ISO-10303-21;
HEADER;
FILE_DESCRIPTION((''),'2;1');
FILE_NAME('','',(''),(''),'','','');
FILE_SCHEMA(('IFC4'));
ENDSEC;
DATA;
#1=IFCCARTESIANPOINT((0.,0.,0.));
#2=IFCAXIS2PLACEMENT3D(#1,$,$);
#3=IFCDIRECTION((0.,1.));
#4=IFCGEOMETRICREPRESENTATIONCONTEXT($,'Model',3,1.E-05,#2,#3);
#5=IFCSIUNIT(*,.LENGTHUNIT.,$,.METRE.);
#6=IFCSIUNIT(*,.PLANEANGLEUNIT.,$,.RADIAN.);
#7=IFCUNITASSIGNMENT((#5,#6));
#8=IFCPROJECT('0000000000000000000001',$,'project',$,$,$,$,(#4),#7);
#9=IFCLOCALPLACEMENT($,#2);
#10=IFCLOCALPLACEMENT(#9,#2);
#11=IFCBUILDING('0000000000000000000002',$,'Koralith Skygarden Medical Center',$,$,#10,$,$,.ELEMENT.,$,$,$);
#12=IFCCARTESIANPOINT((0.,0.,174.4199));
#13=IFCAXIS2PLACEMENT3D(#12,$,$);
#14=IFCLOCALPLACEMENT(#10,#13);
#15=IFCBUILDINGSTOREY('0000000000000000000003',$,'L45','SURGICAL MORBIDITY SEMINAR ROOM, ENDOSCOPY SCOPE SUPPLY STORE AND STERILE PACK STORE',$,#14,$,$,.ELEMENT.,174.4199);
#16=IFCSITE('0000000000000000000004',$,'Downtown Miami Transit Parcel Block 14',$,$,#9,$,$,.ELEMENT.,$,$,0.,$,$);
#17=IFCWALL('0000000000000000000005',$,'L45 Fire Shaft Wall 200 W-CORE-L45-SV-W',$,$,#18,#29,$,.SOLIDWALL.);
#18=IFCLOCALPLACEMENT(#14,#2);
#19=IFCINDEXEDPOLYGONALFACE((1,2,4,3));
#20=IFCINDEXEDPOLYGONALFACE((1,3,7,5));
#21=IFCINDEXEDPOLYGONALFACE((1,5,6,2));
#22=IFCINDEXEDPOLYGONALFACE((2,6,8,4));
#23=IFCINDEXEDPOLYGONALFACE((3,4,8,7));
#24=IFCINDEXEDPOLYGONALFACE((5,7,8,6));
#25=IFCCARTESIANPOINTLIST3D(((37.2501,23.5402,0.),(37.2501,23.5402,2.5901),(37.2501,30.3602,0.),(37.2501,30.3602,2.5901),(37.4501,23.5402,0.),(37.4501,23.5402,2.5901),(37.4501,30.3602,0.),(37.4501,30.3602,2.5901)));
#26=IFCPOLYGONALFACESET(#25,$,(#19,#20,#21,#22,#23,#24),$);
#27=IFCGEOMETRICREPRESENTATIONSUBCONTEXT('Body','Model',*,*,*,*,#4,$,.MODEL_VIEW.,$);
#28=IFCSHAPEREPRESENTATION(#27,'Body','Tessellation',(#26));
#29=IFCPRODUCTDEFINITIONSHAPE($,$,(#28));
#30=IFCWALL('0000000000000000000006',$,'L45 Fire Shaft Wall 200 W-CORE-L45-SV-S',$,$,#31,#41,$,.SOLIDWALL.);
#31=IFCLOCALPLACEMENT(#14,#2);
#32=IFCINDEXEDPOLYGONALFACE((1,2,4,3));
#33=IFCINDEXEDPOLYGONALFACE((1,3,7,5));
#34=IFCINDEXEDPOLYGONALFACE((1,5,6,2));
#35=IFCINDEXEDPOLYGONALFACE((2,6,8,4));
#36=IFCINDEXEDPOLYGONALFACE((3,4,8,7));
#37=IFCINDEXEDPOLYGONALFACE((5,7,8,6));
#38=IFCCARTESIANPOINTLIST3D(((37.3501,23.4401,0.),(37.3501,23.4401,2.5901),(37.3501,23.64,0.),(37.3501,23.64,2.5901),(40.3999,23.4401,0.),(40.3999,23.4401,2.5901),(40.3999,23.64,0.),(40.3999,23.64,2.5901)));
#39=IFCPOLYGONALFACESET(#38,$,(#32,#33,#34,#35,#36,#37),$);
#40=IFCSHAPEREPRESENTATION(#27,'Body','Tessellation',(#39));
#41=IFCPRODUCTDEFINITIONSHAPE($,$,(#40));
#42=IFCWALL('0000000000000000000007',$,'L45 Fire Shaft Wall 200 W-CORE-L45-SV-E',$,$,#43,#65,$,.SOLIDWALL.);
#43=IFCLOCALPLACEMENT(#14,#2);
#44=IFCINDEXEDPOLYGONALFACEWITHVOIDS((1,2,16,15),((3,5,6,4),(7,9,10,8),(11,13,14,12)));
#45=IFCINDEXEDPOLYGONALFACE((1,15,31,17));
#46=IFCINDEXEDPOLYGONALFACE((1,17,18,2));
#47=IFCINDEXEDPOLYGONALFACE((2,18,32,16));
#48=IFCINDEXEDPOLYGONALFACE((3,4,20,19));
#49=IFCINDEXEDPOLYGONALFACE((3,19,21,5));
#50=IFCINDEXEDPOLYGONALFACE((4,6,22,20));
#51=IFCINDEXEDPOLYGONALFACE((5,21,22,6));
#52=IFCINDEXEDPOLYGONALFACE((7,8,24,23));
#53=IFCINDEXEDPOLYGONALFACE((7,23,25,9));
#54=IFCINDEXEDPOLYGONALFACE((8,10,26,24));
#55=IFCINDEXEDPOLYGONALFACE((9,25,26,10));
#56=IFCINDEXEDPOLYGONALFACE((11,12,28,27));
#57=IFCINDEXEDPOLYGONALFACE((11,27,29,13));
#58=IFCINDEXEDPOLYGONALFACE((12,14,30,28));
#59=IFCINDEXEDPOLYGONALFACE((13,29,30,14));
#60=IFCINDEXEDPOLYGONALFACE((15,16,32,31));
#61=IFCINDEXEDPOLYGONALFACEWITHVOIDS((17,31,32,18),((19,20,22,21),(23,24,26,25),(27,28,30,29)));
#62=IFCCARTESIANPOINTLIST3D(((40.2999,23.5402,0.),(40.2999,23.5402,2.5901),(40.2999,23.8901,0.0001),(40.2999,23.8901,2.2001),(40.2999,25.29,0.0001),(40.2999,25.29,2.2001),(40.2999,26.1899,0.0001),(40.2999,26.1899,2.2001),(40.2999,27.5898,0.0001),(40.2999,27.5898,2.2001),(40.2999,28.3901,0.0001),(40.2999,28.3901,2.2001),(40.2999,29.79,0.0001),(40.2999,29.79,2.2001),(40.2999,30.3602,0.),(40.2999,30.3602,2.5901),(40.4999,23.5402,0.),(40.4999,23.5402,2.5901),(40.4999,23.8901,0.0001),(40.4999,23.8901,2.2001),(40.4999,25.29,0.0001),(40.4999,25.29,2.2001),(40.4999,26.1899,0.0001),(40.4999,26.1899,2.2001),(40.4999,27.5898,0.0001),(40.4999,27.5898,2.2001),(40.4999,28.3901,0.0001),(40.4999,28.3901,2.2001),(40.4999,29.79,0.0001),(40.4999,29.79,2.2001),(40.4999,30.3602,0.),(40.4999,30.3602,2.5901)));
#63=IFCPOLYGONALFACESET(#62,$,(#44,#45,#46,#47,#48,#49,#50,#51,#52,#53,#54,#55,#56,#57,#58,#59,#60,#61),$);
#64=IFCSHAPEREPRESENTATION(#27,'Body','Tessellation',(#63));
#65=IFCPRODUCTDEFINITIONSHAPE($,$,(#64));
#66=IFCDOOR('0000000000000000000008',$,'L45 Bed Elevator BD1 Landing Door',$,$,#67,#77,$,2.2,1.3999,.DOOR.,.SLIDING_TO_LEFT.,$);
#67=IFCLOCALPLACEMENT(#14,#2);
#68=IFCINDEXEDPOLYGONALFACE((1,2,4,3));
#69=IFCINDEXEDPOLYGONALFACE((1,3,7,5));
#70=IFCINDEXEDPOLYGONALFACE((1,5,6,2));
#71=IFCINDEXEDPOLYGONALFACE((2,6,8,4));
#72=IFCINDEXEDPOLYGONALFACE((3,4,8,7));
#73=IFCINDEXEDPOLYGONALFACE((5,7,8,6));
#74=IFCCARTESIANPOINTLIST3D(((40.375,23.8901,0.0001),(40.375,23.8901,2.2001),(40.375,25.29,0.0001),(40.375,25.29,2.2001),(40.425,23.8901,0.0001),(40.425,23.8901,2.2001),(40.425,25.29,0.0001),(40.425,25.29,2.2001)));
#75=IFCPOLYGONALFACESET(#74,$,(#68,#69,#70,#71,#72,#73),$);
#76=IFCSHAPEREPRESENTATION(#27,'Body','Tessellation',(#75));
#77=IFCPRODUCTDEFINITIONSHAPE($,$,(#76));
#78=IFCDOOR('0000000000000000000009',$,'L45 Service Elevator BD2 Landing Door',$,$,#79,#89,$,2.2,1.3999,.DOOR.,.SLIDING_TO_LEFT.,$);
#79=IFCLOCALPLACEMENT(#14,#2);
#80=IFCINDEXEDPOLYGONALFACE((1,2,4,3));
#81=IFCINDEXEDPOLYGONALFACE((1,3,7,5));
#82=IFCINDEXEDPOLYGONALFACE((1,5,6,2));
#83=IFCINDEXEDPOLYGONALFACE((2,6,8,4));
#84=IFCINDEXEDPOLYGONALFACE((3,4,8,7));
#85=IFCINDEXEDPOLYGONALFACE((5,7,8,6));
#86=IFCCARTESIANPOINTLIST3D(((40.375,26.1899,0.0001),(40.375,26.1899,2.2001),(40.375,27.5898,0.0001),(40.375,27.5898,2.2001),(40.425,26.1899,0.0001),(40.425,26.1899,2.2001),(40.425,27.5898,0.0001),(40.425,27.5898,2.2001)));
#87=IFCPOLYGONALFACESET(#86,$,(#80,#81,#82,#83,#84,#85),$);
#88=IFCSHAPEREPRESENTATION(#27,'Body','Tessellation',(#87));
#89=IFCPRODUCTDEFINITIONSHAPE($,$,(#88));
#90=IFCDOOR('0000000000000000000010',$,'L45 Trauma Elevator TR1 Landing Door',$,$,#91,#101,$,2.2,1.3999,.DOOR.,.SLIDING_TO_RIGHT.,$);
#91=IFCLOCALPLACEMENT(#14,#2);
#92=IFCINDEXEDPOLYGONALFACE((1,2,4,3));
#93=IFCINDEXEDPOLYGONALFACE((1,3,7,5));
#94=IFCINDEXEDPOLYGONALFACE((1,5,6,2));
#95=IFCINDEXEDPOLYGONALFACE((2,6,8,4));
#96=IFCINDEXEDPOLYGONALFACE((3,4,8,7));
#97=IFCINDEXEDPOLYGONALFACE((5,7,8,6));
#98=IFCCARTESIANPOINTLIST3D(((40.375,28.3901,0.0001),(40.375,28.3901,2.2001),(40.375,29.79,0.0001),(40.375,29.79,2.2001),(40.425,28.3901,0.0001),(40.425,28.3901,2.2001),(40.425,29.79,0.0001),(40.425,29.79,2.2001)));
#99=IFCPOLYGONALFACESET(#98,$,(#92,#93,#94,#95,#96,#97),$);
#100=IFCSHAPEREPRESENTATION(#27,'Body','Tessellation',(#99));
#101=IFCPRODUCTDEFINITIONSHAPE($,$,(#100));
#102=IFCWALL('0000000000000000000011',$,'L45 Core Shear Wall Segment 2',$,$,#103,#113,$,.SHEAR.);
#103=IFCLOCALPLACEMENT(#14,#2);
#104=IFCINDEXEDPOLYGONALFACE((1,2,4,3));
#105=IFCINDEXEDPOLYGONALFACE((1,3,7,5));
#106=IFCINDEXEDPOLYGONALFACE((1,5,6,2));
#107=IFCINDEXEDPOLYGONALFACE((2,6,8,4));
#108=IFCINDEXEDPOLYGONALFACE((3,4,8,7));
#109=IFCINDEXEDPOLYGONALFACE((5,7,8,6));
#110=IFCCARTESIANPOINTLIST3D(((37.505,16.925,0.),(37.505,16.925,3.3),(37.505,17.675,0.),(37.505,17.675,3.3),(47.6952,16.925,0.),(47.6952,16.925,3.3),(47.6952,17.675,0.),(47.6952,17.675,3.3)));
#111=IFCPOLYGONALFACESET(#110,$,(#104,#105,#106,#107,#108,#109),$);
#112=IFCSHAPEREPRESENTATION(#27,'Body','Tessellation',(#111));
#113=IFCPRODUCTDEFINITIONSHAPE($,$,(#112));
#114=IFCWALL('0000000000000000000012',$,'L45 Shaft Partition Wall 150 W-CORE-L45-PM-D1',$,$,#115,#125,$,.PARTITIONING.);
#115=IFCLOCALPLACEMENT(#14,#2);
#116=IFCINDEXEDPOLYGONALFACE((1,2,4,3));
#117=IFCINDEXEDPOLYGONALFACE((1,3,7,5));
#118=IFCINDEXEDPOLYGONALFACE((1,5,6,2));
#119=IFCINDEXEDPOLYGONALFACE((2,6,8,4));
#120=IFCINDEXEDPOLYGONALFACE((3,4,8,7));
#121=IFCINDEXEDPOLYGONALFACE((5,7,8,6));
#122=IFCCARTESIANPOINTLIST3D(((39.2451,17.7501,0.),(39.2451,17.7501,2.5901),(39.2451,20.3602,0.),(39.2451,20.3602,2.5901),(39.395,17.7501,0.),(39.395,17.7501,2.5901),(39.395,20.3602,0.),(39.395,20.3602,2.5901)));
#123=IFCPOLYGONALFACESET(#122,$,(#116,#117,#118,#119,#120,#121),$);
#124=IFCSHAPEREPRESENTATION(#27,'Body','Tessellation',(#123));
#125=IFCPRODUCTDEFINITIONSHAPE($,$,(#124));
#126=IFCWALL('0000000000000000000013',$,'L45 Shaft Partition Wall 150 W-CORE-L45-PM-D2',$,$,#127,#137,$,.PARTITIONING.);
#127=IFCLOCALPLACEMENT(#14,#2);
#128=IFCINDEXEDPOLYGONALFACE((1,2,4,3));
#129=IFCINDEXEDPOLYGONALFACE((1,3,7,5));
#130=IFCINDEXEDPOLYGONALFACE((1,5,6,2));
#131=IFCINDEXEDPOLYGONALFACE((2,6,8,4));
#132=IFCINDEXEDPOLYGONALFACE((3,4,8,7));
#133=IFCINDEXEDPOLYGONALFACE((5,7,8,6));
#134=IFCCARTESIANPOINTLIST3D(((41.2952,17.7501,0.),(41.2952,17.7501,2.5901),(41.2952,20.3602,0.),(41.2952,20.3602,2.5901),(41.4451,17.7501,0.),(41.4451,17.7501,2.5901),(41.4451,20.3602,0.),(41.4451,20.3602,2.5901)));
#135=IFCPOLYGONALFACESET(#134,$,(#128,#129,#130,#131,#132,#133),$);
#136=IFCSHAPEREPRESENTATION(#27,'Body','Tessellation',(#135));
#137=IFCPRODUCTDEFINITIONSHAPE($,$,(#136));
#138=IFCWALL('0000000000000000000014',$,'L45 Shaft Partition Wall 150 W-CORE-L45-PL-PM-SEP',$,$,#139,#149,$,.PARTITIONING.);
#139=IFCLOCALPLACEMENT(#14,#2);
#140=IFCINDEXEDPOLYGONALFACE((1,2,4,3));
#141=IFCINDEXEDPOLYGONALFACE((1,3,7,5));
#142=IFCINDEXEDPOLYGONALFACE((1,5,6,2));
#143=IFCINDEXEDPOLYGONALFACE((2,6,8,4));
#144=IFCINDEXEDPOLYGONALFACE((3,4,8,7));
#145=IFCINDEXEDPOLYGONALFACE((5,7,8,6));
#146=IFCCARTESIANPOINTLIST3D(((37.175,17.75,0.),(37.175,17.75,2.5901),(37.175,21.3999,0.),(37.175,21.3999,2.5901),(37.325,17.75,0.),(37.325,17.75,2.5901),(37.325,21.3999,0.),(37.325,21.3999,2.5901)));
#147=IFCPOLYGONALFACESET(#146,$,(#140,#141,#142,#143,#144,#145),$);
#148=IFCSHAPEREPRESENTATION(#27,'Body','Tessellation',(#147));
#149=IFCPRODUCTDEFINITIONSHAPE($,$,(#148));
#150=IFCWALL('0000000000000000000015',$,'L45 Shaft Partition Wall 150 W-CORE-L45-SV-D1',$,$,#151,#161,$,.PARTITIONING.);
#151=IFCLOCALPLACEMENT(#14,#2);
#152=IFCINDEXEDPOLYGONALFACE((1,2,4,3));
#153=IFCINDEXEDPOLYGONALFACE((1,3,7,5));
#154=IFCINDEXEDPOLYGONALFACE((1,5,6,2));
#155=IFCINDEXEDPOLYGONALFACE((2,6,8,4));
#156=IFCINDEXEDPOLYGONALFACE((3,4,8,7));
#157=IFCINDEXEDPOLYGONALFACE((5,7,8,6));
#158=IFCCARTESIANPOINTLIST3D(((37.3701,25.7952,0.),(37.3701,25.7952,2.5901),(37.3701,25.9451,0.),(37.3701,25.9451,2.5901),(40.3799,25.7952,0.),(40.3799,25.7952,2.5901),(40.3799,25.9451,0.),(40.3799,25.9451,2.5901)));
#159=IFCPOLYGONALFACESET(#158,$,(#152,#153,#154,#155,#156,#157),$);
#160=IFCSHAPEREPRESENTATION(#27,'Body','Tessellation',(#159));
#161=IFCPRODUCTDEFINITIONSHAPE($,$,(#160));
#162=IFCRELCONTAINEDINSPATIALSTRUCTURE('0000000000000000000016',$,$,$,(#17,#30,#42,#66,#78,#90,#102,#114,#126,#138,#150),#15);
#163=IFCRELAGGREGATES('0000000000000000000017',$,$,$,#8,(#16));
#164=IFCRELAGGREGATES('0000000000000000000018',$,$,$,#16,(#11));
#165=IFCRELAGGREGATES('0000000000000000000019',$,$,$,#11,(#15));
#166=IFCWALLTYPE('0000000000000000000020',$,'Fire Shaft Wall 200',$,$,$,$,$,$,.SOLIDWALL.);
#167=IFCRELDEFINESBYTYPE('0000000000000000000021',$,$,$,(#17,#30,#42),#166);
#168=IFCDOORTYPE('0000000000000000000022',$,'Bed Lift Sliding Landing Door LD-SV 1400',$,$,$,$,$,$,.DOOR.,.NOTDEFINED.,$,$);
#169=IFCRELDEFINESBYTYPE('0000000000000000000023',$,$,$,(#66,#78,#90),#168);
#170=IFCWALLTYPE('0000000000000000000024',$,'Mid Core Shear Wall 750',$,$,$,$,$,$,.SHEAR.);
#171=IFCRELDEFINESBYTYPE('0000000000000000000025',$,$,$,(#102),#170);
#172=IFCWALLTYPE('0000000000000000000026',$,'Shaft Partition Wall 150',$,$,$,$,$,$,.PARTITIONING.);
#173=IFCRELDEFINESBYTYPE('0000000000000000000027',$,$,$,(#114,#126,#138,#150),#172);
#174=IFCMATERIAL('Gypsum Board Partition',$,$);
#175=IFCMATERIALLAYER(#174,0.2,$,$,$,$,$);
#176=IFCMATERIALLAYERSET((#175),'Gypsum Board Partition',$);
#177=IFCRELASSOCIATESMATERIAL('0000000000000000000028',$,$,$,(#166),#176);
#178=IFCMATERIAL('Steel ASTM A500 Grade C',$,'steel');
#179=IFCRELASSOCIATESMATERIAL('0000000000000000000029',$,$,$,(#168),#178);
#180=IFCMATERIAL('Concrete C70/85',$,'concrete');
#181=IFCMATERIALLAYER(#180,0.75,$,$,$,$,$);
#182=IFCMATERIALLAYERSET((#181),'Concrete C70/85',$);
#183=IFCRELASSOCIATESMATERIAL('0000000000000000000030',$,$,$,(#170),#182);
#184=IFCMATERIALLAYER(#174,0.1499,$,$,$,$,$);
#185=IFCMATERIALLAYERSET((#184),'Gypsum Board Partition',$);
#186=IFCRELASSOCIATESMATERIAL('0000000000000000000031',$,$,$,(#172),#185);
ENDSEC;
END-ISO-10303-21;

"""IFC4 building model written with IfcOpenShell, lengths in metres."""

from ifc_helpers import new_model, si_unit, direction, frame, frame_2d, origin, place, context, subcontext, project, spatial, rectangle, extrude, material, layer, layer_set, type_object, element, fill, save


model = new_model("IFC4")

# Units and contexts
model_context = context("Model", 3, precision=1e-05, world=origin(), true_north=direction((0.0, 1.0)))
body_context = subcontext(model_context, "Body", "Model", "MODEL_VIEW")
ifc_project = project(units=[si_unit("LENGTHUNIT", "METRE"), si_unit("PLANEANGLEUNIT", "RADIAN")], contexts=[model_context])

# Site, building, storey
site_placement = place(None, origin())
site = spatial("IfcSite", under=ifc_project, at=site_placement, Name="Downtown Miami Transit Parcel Block 14", CompositionType="ELEMENT", RefElevation=0.0)
building_placement = place(site_placement, origin())
building = spatial("IfcBuilding", under=site, at=building_placement, Name="Koralith Skygarden Medical Center", CompositionType="ELEMENT")
storey_placement = place(building_placement, frame((0.0, 0.0, 174.4199)))
storey = spatial("IfcBuildingStorey", under=building, at=storey_placement, Name="L45", Description="SURGICAL MORBIDITY SEMINAR ROOM, ENDOSCOPY SCOPE SUPPLY STORE AND STERILE PACK STORE", CompositionType="ELEMENT", Elevation=174.4199)

# Shared definitions
ifc_material_1 = material(Name="Gypsum Board Partition")

# Shared definitions
ifc_layer_1 = layer(ifc_material_1, 0.2)
ifc_layer_set_1 = layer_set([ifc_layer_1], Name="Gypsum Board Partition")
wall_type_1 = type_object("IfcWallType", Name="Fire Shaft Wall 200", PredefinedType="SOLIDWALL", material=ifc_layer_set_1)
ifc_material_2 = material(Name="Steel ASTM A500 Grade C", Category="steel")

# Walls
wall_1_placement = place(storey_placement, frame((37.3501, 23.54, 0.0), z_axis=(0.0, 0.0, 1.0), x_axis=(0.0, 1.0, 0.0)))
element("IfcWall", 1, at=wall_1_placement, inside=storey, type_object=wall_type_1, Name="L45 Fire Shaft Wall 200 W-CORE-L45-SV-W", PredefinedType="SOLIDWALL", context=body_context, shape_type="SweptSolid", body=[
    extrude(rectangle(XDim=6.8201, YDim=0.2, at=frame_2d((3.4102, 0.0))), origin(), (0.0, 0.0, 1.0), 2.5901),
])
wall_2_placement = place(storey_placement, frame((37.3501, 23.54, 0.0), z_axis=(0.0, 0.0, 1.0), x_axis=(1.0, 0.0, 0.0)))
element("IfcWall", 2, at=wall_2_placement, inside=storey, type_object=wall_type_1, Name="L45 Fire Shaft Wall 200 W-CORE-L45-SV-S", PredefinedType="SOLIDWALL", context=body_context, shape_type="SweptSolid", body=[
    extrude(rectangle(XDim=3.0498, YDim=0.2, at=frame_2d((1.5249, 0.0))), origin(), (0.0, 0.0, 1.0), 2.5901),
])

# Wall, openings, doors
wall_3_placement = place(storey_placement, frame((40.3999, 23.54, 0.0), z_axis=(0.0, 0.0, 1.0), x_axis=(0.0, 1.0, 0.0)))
wall_3 = element("IfcWall", 3, at=wall_3_placement, inside=storey, type_object=wall_type_1, Name="L45 Fire Shaft Wall 200 W-CORE-L45-SV-E", PredefinedType="SOLIDWALL", context=body_context, shape_type="SweptSolid", body=[
    extrude(rectangle(XDim=6.8201, YDim=0.2, at=frame_2d((3.4102, 0.0))), origin(), (0.0, 0.0, 1.0), 2.5901),
])
opening_1_placement = place(wall_3_placement, frame((0.3501, 0.0, 0.0)))
opening_1 = element("IfcOpeningElement", 4, at=opening_1_placement, cuts=wall_3, PredefinedType="OPENING", context=body_context, shape_type="SweptSolid", body=[
    extrude(rectangle(XDim=1.3999, YDim=2.2, at=frame_2d((0.7, 1.1001))), frame((0.0, 0.1099, 0.0), z_axis=(0.0, -1.0, 0.0), x_axis=(1.0, 0.0, 0.0)), (0.0, 0.0, 1.0), 0.22),
])
opening_2_placement = place(wall_3_placement, frame((2.6499, 0.0, 0.0)))
opening_2 = element("IfcOpeningElement", 5, at=opening_2_placement, cuts=wall_3, PredefinedType="OPENING", context=body_context, shape_type="SweptSolid", body=[
    extrude(rectangle(XDim=1.3999, YDim=2.2, at=frame_2d((0.7, 1.1001))), frame((0.0, 0.1099, 0.0), z_axis=(0.0, -1.0, 0.0), x_axis=(1.0, 0.0, 0.0)), (0.0, 0.0, 1.0), 0.22),
])
opening_3_placement = place(wall_3_placement, frame((4.8501, 0.0, 0.0)))
opening_3 = element("IfcOpeningElement", 6, at=opening_3_placement, cuts=wall_3, PredefinedType="OPENING", context=body_context, shape_type="SweptSolid", body=[
    extrude(rectangle(XDim=1.3999, YDim=2.2, at=frame_2d((0.7, 1.1001))), frame((0.0, 0.1099, 0.0), z_axis=(0.0, -1.0, 0.0), x_axis=(1.0, 0.0, 0.0)), (0.0, 0.0, 1.0), 0.22),
])
door_type_1 = type_object("IfcDoorType", Name="Bed Lift Sliding Landing Door LD-SV 1400", OperationType="NOTDEFINED", PredefinedType="DOOR", material=ifc_material_2)
door_1_placement = place(opening_1_placement, origin())
door_1 = element("IfcDoor", 7, at=door_1_placement, inside=storey, type_object=door_type_1, Name="L45 Bed Elevator BD1 Landing Door", OperationType="SLIDING_TO_LEFT", OverallHeight=2.2, OverallWidth=1.3999, PredefinedType="DOOR", context=body_context, shape_type="SweptSolid", body=[
    extrude(rectangle(XDim=1.3999, YDim=2.2, at=frame_2d((0.7, 1.1001))), frame((0.0, 0.0249, 0.0), z_axis=(0.0, -1.0, 0.0), x_axis=(1.0, 0.0, 0.0)), (0.0, 0.0, 1.0), 0.05),
])
fill(opening_1, door_1)
door_2_placement = place(opening_2_placement, origin())
door_2 = element("IfcDoor", 8, at=door_2_placement, inside=storey, type_object=door_type_1, Name="L45 Service Elevator BD2 Landing Door", OperationType="SLIDING_TO_LEFT", OverallHeight=2.2, OverallWidth=1.3999, PredefinedType="DOOR", context=body_context, shape_type="SweptSolid", body=[
    extrude(rectangle(XDim=1.3999, YDim=2.2, at=frame_2d((0.7, 1.1001))), frame((0.0, 0.0249, 0.0), z_axis=(0.0, -1.0, 0.0), x_axis=(1.0, 0.0, 0.0)), (0.0, 0.0, 1.0), 0.05),
])
fill(opening_2, door_2)
door_3_placement = place(opening_3_placement, origin())
door_3 = element("IfcDoor", 9, at=door_3_placement, inside=storey, type_object=door_type_1, Name="L45 Trauma Elevator TR1 Landing Door", OperationType="SLIDING_TO_RIGHT", OverallHeight=2.2, OverallWidth=1.3999, PredefinedType="DOOR", context=body_context, shape_type="SweptSolid", body=[
    extrude(rectangle(XDim=1.3999, YDim=2.2, at=frame_2d((0.7, 1.1001))), frame((0.0, 0.0249, 0.0), z_axis=(0.0, -1.0, 0.0), x_axis=(1.0, 0.0, 0.0)), (0.0, 0.0, 1.0), 0.05),
])
fill(opening_3, door_3)

# Walls
ifc_material_3 = material(Name="Concrete C70/85", Category="concrete")
ifc_layer_2 = layer(ifc_material_3, 0.75)
ifc_layer_set_2 = layer_set([ifc_layer_2], Name="Concrete C70/85")
wall_type_2 = type_object("IfcWallType", Name="Mid Core Shear Wall 750", PredefinedType="SHEAR", material=ifc_layer_set_2)
wall_4_placement = place(storey_placement, frame((37.5049, 17.3, 0.0), z_axis=(0.0, 0.0, 1.0), x_axis=(1.0, 0.0, 0.0)))
element("IfcWall", 10, at=wall_4_placement, inside=storey, type_object=wall_type_2, Name="L45 Core Shear Wall Segment 2", PredefinedType="SHEAR", context=body_context, shape_type="SweptSolid", body=[
    extrude(rectangle(XDim=10.1902, YDim=0.75, at=frame_2d((5.0952, 0.0))), origin(), (0.0, 0.0, 1.0), 3.3),
])
ifc_layer_3 = layer(ifc_material_1, 0.1499)
ifc_layer_set_3 = layer_set([ifc_layer_3], Name="Gypsum Board Partition")
wall_type_3 = type_object("IfcWallType", Name="Shaft Partition Wall 150", PredefinedType="PARTITIONING", material=ifc_layer_set_3)
for number, where, z_axis, x_axis, name in (
    (11, (39.3201, 17.75, 0.0), (0.0, 0.0, 1.0), (0.0, 1.0, 0.0), "L45 Shaft Partition Wall 150 W-CORE-L45-PM-D1"),
    (12, (41.3701, 17.75, 0.0), (0.0, 0.0, 1.0), (0.0, 1.0, 0.0), "L45 Shaft Partition Wall 150 W-CORE-L45-PM-D2"),
):
    element("IfcWall", number, at=place(storey_placement, frame(where, z_axis=z_axis, x_axis=x_axis)), inside=storey, type_object=wall_type_3, Name=name, PredefinedType="PARTITIONING", context=body_context, shape_type="SweptSolid", body=[
        extrude(rectangle(XDim=2.6101, YDim=0.1499, at=frame_2d((1.3052, 0.0))), origin(), (0.0, 0.0, 1.0), 2.5901),
    ])
wall_5_placement = place(storey_placement, frame((37.25, 17.75, 0.0), z_axis=(0.0, 0.0, 1.0), x_axis=(0.0, 1.0, 0.0)))
element("IfcWall", 13, at=wall_5_placement, inside=storey, type_object=wall_type_3, Name="L45 Shaft Partition Wall 150 W-CORE-L45-PL-PM-SEP", PredefinedType="PARTITIONING", context=body_context, shape_type="SweptSolid", body=[
    extrude(rectangle(XDim=3.6499, YDim=0.1499, at=frame_2d((1.825, 0.0))), origin(), (0.0, 0.0, 1.0), 2.5901),
])
wall_6_placement = place(storey_placement, frame((37.3701, 25.8701, 0.0), z_axis=(0.0, 0.0, 1.0), x_axis=(1.0, 0.0, 0.0)))
element("IfcWall", 14, at=wall_6_placement, inside=storey, type_object=wall_type_3, Name="L45 Shaft Partition Wall 150 W-CORE-L45-SV-D1", PredefinedType="PARTITIONING", context=body_context, shape_type="SweptSolid", body=[
    extrude(rectangle(XDim=3.0098, YDim=0.1499, at=frame_2d((1.5049, 0.0))), origin(), (0.0, 0.0, 1.0), 2.5901),
])

save(model, "model.ifc")
